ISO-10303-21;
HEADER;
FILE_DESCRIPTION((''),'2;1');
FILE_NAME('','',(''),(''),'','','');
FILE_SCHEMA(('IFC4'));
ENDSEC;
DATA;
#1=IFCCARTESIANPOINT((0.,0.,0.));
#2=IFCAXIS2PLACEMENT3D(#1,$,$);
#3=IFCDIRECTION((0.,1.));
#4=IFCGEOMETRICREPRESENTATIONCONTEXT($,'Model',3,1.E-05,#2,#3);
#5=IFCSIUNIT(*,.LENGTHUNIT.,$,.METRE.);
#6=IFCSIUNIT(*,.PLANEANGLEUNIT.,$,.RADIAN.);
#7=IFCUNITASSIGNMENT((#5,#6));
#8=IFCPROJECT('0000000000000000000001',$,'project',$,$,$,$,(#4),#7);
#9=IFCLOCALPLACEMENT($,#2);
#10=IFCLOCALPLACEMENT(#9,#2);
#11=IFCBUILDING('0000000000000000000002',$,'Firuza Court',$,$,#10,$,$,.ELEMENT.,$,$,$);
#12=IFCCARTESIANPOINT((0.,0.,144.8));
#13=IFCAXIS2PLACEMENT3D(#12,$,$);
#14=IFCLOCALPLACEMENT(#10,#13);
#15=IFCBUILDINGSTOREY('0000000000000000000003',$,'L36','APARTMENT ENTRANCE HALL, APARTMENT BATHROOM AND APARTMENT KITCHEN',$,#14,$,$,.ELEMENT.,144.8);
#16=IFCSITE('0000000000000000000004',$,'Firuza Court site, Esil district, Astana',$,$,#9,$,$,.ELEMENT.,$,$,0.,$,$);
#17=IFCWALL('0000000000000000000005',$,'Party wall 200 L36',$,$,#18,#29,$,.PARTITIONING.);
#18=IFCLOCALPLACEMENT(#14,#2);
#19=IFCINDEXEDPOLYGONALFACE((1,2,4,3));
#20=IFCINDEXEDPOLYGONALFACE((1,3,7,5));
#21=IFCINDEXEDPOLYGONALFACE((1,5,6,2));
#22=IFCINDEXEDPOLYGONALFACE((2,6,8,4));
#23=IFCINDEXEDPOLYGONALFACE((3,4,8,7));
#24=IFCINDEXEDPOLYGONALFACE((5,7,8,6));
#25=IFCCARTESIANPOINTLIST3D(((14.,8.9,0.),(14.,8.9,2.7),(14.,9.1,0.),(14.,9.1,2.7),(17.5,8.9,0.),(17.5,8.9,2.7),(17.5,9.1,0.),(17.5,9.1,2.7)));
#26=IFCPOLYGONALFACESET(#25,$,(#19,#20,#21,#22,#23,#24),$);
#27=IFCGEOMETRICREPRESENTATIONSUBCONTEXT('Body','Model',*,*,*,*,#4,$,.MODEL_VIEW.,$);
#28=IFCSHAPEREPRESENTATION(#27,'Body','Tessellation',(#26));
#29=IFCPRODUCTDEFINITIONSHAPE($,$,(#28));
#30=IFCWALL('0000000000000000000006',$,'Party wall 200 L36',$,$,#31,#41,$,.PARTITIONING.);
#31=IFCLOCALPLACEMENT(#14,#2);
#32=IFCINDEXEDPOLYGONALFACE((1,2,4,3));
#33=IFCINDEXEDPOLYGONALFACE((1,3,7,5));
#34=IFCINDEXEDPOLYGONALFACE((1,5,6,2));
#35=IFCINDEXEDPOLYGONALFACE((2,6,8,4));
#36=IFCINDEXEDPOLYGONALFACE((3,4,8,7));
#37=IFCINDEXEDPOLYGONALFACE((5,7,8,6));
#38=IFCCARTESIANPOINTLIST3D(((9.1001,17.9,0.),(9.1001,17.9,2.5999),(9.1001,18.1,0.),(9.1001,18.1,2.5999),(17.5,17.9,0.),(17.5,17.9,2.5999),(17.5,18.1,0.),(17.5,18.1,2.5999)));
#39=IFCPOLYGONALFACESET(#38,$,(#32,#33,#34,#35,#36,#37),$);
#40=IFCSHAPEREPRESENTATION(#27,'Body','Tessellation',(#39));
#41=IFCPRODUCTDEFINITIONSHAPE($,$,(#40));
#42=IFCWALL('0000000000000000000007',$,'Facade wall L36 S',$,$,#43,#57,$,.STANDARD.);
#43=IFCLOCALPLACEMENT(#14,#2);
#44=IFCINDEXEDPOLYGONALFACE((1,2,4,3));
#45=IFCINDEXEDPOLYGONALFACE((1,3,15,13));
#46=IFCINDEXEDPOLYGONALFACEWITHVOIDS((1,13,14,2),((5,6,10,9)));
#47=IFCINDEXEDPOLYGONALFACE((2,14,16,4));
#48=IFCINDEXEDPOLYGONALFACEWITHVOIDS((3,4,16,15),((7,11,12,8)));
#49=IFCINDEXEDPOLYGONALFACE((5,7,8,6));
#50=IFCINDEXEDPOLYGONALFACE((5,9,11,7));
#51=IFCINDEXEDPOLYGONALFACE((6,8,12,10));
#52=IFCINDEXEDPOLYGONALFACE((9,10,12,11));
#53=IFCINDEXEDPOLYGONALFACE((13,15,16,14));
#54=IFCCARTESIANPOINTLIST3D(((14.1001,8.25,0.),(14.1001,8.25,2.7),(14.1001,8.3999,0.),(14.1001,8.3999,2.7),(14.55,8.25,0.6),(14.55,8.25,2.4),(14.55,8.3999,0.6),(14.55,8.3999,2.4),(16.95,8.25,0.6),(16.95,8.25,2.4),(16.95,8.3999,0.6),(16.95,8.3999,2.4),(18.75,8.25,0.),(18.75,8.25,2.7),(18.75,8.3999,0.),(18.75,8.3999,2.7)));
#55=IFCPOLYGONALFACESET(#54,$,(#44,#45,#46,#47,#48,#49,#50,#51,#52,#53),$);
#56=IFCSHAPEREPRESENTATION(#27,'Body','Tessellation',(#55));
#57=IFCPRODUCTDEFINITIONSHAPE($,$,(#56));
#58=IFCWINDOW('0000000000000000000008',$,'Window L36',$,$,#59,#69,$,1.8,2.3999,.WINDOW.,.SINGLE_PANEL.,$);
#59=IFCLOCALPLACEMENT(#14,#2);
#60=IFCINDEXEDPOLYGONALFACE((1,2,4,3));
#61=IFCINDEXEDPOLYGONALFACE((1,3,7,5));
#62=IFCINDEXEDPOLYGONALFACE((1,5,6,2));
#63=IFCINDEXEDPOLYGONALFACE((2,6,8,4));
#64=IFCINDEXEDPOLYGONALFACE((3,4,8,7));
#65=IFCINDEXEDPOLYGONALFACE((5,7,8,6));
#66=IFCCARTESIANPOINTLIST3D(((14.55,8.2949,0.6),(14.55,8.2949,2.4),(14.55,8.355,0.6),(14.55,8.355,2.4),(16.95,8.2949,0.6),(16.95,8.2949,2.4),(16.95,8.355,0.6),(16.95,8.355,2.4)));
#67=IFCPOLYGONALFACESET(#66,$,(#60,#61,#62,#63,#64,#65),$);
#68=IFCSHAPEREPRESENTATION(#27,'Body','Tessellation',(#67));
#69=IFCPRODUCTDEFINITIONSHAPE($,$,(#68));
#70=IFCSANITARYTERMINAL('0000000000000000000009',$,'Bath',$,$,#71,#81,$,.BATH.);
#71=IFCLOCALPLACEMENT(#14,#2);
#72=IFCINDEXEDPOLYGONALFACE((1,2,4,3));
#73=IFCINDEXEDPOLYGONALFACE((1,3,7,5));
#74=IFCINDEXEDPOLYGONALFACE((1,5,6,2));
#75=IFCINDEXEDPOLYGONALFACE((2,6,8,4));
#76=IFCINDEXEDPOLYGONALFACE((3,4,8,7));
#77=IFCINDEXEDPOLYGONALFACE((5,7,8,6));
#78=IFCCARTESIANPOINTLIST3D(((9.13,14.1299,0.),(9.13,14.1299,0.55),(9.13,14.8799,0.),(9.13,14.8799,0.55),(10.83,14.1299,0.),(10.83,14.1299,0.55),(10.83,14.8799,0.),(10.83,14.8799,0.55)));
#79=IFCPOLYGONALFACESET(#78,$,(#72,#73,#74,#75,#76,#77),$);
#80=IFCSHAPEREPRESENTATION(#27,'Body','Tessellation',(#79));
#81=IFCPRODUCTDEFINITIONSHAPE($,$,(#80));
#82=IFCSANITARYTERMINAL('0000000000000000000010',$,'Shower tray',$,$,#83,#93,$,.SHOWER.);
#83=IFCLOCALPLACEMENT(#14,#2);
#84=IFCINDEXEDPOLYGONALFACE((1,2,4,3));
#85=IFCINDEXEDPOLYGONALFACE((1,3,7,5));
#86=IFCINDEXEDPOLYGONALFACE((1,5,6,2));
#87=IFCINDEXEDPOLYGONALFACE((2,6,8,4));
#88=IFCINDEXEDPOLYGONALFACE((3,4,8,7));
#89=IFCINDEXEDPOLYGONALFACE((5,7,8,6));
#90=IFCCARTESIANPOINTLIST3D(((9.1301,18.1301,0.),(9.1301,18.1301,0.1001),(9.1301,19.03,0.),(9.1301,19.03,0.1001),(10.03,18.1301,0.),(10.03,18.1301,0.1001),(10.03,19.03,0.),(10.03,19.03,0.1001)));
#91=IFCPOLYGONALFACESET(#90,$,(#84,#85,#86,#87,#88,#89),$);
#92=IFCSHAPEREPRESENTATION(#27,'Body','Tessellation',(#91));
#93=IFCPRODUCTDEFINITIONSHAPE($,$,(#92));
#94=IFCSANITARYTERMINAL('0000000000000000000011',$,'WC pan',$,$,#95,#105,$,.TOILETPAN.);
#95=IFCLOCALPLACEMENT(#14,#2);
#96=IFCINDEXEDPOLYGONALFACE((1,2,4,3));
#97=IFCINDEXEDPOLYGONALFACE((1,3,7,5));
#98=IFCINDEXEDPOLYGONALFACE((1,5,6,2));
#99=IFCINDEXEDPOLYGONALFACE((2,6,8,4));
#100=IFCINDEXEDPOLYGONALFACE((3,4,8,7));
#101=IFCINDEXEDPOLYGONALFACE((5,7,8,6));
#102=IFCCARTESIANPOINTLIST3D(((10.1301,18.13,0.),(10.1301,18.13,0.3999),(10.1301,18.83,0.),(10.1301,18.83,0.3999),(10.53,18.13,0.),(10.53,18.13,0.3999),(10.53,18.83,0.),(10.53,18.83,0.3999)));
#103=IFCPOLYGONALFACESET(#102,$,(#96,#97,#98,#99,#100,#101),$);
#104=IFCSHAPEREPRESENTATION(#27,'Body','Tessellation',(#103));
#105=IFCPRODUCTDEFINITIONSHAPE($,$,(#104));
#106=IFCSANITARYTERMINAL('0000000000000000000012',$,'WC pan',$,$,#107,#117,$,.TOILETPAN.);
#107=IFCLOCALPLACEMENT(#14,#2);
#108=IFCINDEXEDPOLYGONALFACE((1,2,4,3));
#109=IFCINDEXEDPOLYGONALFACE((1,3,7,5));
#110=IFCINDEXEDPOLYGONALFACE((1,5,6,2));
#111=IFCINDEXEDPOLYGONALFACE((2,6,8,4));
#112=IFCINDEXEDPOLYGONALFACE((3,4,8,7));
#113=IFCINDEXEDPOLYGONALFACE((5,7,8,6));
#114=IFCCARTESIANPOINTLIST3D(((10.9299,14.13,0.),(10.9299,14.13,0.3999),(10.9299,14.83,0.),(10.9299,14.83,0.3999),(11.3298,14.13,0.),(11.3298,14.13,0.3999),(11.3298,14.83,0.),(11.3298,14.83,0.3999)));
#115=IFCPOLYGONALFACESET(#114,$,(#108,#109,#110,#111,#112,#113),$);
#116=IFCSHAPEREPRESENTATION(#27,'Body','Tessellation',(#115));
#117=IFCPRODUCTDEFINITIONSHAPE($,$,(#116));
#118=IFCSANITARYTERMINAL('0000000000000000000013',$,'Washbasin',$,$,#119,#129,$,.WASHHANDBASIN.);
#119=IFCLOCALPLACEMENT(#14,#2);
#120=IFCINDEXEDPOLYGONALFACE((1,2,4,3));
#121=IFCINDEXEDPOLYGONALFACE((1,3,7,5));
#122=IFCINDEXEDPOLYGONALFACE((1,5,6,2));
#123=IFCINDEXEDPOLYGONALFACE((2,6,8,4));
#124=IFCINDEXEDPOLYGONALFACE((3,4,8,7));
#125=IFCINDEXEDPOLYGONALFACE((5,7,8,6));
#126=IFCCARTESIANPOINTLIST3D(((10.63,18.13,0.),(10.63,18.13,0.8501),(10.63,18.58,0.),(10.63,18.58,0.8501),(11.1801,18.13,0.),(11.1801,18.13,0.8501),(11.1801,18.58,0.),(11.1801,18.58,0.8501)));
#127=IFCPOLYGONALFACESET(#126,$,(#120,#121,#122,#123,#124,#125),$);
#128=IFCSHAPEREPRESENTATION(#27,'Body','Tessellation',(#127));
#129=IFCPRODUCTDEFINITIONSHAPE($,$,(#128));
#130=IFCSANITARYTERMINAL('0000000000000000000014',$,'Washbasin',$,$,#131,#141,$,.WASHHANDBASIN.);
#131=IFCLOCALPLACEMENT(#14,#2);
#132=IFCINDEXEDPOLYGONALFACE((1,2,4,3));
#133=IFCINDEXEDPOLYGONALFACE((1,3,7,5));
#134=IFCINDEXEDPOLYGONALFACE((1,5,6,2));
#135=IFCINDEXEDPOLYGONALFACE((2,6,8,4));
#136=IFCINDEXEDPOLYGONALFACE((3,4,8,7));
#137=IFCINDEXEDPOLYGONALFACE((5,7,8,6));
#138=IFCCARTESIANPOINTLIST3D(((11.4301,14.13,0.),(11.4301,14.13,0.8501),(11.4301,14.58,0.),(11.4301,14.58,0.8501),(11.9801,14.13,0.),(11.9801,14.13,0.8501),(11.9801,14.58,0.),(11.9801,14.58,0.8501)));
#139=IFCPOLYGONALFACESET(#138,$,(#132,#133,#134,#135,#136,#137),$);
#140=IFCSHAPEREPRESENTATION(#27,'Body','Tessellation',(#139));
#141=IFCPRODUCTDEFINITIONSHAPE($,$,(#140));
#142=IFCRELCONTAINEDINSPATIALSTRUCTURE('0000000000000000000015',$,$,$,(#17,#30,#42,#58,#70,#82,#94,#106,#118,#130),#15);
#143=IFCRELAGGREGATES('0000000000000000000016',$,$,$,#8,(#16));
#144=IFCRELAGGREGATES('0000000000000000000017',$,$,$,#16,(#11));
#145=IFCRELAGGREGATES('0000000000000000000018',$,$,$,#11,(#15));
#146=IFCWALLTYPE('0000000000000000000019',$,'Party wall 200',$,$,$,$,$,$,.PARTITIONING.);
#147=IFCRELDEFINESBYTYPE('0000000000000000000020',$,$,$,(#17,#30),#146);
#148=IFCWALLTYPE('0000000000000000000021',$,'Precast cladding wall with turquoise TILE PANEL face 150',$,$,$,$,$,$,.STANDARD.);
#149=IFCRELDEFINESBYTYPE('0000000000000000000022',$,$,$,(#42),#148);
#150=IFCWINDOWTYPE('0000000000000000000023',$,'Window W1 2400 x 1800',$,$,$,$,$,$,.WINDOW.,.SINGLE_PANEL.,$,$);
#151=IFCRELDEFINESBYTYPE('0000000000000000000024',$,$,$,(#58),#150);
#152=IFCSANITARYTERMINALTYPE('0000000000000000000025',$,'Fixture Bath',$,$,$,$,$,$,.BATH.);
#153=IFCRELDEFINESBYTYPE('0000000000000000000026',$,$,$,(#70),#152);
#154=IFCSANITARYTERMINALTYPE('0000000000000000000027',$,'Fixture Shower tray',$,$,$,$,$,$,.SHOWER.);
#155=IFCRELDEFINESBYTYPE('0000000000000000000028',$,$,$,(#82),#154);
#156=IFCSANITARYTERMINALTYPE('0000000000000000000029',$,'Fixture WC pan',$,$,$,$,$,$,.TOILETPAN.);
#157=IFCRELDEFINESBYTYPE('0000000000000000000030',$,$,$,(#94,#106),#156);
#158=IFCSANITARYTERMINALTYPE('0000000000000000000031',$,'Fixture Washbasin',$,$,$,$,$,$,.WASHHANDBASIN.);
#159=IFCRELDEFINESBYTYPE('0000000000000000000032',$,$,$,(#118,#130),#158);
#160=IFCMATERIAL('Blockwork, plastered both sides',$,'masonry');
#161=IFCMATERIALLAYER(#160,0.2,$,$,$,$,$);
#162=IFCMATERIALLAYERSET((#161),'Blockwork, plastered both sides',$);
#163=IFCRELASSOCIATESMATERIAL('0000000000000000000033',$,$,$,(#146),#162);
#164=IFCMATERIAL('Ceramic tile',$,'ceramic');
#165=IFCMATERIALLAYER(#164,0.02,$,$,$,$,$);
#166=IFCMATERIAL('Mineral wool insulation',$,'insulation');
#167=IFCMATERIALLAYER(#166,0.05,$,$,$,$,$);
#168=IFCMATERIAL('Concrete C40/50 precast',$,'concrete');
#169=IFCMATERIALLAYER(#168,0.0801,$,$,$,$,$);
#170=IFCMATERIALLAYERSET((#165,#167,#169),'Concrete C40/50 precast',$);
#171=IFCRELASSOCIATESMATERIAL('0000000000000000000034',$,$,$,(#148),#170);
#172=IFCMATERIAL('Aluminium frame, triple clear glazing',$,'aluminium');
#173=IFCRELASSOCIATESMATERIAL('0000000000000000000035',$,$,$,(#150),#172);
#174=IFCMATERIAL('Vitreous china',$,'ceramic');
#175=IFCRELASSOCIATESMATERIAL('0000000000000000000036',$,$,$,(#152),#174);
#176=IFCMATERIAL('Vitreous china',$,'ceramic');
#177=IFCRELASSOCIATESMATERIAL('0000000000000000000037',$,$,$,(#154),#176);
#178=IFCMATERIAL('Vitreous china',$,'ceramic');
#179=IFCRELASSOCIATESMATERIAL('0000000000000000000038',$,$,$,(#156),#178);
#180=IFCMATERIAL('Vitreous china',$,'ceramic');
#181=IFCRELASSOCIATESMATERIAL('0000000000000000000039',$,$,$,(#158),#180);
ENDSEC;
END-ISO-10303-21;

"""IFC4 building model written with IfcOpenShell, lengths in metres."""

from ifc_helpers import new_model, si_unit, direction, frame, frame_2d, origin, origin_2d, place, context, subcontext, project, spatial, rectangle, extrude, material, layer, layer_set, type_object, element, fill, save


model = new_model("IFC4")

# Units and contexts
model_context = context("Model", 3, precision=1e-05, world=origin(), true_north=direction((0.0, 1.0)))
body_context = subcontext(model_context, "Body", "Model", "MODEL_VIEW")
ifc_project = project(units=[si_unit("LENGTHUNIT", "METRE"), si_unit("PLANEANGLEUNIT", "RADIAN")], contexts=[model_context])

# Site, building, storey
site_placement = place(None, origin())
site = spatial("IfcSite", under=ifc_project, at=site_placement, Name="Firuza Court site, Esil district, Astana", CompositionType="ELEMENT", RefElevation=0.0)
building_placement = place(site_placement, origin())
building = spatial("IfcBuilding", under=site, at=building_placement, Name="Firuza Court", CompositionType="ELEMENT")
storey_placement = place(building_placement, frame((0.0, 0.0, 144.8)))
storey = spatial("IfcBuildingStorey", under=building, at=storey_placement, Name="L36", Description="APARTMENT ENTRANCE HALL, APARTMENT BATHROOM AND APARTMENT KITCHEN", CompositionType="ELEMENT", Elevation=144.8)

# Walls
ifc_material_1 = material(Name="Blockwork, plastered both sides", Category="masonry")
ifc_layer_1 = layer(ifc_material_1, 0.2)
ifc_layer_set_1 = layer_set([ifc_layer_1], Name="Blockwork, plastered both sides")
wall_type_1 = type_object("IfcWallType", Name="Party wall 200", PredefinedType="PARTITIONING", material=ifc_layer_set_1)
wall_1_placement = place(storey_placement, frame((14.0, 9.0, 0.0), z_axis=(0.0, 0.0, 1.0), x_axis=(1.0, 0.0, 0.0)))
element("IfcWall", 1, at=wall_1_placement, inside=storey, type_object=wall_type_1, Name="Party wall 200 L36", PredefinedType="PARTITIONING", context=body_context, shape_type="SweptSolid", body=[
    extrude(rectangle(XDim=3.5, YDim=0.2, at=frame_2d((1.75, 0.0))), origin(), (0.0, 0.0, 1.0), 2.7),
])
wall_2_placement = place(storey_placement, frame((9.1001, 18.0, 0.0), z_axis=(0.0, 0.0, 1.0), x_axis=(1.0, 0.0, 0.0)))
element("IfcWall", 2, at=wall_2_placement, inside=storey, type_object=wall_type_1, Name="Party wall 200 L36", PredefinedType="PARTITIONING", context=body_context, shape_type="SweptSolid", body=[
    extrude(rectangle(XDim=8.3999, YDim=0.2, at=frame_2d((4.2, 0.0))), origin(), (0.0, 0.0, 1.0), 2.5999),
])

# Wall, opening, window
ifc_material_2 = material(Name="Ceramic tile", Category="ceramic")
ifc_layer_2 = layer(ifc_material_2, 0.02)
ifc_material_3 = material(Name="Mineral wool insulation", Category="insulation")
ifc_layer_3 = layer(ifc_material_3, 0.05)
ifc_material_4 = material(Name="Concrete C40/50 precast", Category="concrete")
ifc_layer_4 = layer(ifc_material_4, 0.0801)
ifc_layer_set_2 = layer_set([ifc_layer_2, ifc_layer_3, ifc_layer_4], Name="Concrete C40/50 precast")
wall_type_2 = type_object("IfcWallType", Name="Precast cladding wall with turquoise TILE PANEL face 150", PredefinedType="STANDARD", material=ifc_layer_set_2)
wall_3_placement = place(storey_placement, frame((14.1001, 8.325, 0.0), z_axis=(0.0, 0.0, 1.0), x_axis=(1.0, 0.0, 0.0)))
wall_3 = element("IfcWall", 3, at=wall_3_placement, inside=storey, type_object=wall_type_2, Name="Facade wall L36 S", PredefinedType="STANDARD", context=body_context, shape_type="SweptSolid", body=[
    extrude(rectangle(XDim=4.6499, YDim=0.1499, at=frame_2d((2.325, 0.0))), origin(), (0.0, 0.0, 1.0), 2.7),
])
opening_1_placement = place(wall_3_placement, frame((0.45, 0.0, 0.6001)))
opening_1 = element("IfcOpeningElement", 4, at=opening_1_placement, cuts=wall_3, PredefinedType="OPENING", context=body_context, shape_type="SweptSolid", body=[
    extrude(rectangle(XDim=2.3999, YDim=1.8, at=frame_2d((1.2, 0.8999))), frame((0.0, 0.0869, 0.0), z_axis=(0.0, -1.0, 0.0), x_axis=(1.0, 0.0, 0.0)), (0.0, 0.0, 1.0), 0.1738),
])
ifc_material_5 = material(Name="Aluminium frame, triple clear glazing", Category="aluminium")
window_type = type_object("IfcWindowType", Name="Window W1 2400 x 1800", PartitioningType="SINGLE_PANEL", PredefinedType="WINDOW", material=ifc_material_5)
window_placement = place(opening_1_placement, origin())
window = element("IfcWindow", 5, at=window_placement, inside=storey, type_object=window_type, Name="Window L36", OverallHeight=1.8, OverallWidth=2.3999, PartitioningType="SINGLE_PANEL", PredefinedType="WINDOW", context=body_context, shape_type="SweptSolid", body=[
    extrude(rectangle(XDim=2.3999, YDim=1.8, at=frame_2d((1.2, 0.8999))), frame((0.0, 0.03, 0.0), z_axis=(0.0, -1.0, 0.0), x_axis=(1.0, 0.0, 0.0)), (0.0, 0.0, 1.0), 0.0601),
])
fill(opening_1, window)

# Sanitary terminals
ifc_material_6 = material(Name="Vitreous china", Category="ceramic")
sanitary_terminal_type_1 = type_object("IfcSanitaryTerminalType", Name="Fixture Bath", PredefinedType="BATH", material=ifc_material_6)
sanitary_terminal_1_placement = place(storey_placement, frame((9.98, 14.5049, 0.0), z_axis=(0.0, 0.0, 1.0), x_axis=(1.0, 0.0, 0.0)))
element("IfcSanitaryTerminal", 6, at=sanitary_terminal_1_placement, inside=storey, type_object=sanitary_terminal_type_1, Name="Bath", PredefinedType="BATH", context=body_context, shape_type="SweptSolid", body=[
    extrude(rectangle(XDim=1.7, YDim=0.75, at=origin_2d()), origin(), (0.0, 0.0, 1.0), 0.55),
])
ifc_material_7 = material(Name="Vitreous china", Category="ceramic")
sanitary_terminal_type_2 = type_object("IfcSanitaryTerminalType", Name="Fixture Shower tray", PredefinedType="SHOWER", material=ifc_material_7)
sanitary_terminal_2_placement = place(storey_placement, frame((9.5801, 18.5801, 0.0), z_axis=(0.0, 0.0, 1.0), x_axis=(1.0, 0.0, 0.0)))
element("IfcSanitaryTerminal", 7, at=sanitary_terminal_2_placement, inside=storey, type_object=sanitary_terminal_type_2, Name="Shower tray", PredefinedType="SHOWER", context=body_context, shape_type="SweptSolid", body=[
    extrude(rectangle(XDim=0.8999, YDim=0.8999, at=origin_2d()), origin(), (0.0, 0.0, 1.0), 0.1001),
])
ifc_material_8 = material(Name="Vitreous china", Category="ceramic")
sanitary_terminal_type_3 = type_object("IfcSanitaryTerminalType", Name="Fixture WC pan", PredefinedType="TOILETPAN", material=ifc_material_8)
for number, where, z_axis, x_axis, name in (
    (8, (10.3301, 18.48, 0.0), (0.0, 0.0, 1.0), (1.0, 0.0, 0.0), "WC pan"),
    (9, (11.1299, 14.48, 0.0), (0.0, 0.0, 1.0), (1.0, 0.0, 0.0), "WC pan"),
):
    element("IfcSanitaryTerminal", number, at=place(storey_placement, frame(where, z_axis=z_axis, x_axis=x_axis)), inside=storey, type_object=sanitary_terminal_type_3, Name=name, PredefinedType="TOILETPAN", context=body_context, shape_type="SweptSolid", body=[
        extrude(rectangle(XDim=0.3999, YDim=0.7, at=origin_2d()), origin(), (0.0, 0.0, 1.0), 0.3999),
    ])
ifc_material_9 = material(Name="Vitreous china", Category="ceramic")
sanitary_terminal_type_4 = type_object("IfcSanitaryTerminalType", Name="Fixture Washbasin", PredefinedType="WASHHANDBASIN", material=ifc_material_9)
for number, where, z_axis, x_axis, name in (
    (10, (10.905, 18.355, 0.0), (0.0, 0.0, 1.0), (1.0, 0.0, 0.0), "Washbasin"),
    (11, (11.7051, 14.355, 0.0), (0.0, 0.0, 1.0), (1.0, 0.0, 0.0), "Washbasin"),
):
    element("IfcSanitaryTerminal", number, at=place(storey_placement, frame(where, z_axis=z_axis, x_axis=x_axis)), inside=storey, type_object=sanitary_terminal_type_4, Name=name, PredefinedType="WASHHANDBASIN", context=body_context, shape_type="SweptSolid", body=[
        extrude(rectangle(XDim=0.55, YDim=0.45, at=origin_2d()), origin(), (0.0, 0.0, 1.0), 0.8501),
    ])

save(model, "model.ifc")
